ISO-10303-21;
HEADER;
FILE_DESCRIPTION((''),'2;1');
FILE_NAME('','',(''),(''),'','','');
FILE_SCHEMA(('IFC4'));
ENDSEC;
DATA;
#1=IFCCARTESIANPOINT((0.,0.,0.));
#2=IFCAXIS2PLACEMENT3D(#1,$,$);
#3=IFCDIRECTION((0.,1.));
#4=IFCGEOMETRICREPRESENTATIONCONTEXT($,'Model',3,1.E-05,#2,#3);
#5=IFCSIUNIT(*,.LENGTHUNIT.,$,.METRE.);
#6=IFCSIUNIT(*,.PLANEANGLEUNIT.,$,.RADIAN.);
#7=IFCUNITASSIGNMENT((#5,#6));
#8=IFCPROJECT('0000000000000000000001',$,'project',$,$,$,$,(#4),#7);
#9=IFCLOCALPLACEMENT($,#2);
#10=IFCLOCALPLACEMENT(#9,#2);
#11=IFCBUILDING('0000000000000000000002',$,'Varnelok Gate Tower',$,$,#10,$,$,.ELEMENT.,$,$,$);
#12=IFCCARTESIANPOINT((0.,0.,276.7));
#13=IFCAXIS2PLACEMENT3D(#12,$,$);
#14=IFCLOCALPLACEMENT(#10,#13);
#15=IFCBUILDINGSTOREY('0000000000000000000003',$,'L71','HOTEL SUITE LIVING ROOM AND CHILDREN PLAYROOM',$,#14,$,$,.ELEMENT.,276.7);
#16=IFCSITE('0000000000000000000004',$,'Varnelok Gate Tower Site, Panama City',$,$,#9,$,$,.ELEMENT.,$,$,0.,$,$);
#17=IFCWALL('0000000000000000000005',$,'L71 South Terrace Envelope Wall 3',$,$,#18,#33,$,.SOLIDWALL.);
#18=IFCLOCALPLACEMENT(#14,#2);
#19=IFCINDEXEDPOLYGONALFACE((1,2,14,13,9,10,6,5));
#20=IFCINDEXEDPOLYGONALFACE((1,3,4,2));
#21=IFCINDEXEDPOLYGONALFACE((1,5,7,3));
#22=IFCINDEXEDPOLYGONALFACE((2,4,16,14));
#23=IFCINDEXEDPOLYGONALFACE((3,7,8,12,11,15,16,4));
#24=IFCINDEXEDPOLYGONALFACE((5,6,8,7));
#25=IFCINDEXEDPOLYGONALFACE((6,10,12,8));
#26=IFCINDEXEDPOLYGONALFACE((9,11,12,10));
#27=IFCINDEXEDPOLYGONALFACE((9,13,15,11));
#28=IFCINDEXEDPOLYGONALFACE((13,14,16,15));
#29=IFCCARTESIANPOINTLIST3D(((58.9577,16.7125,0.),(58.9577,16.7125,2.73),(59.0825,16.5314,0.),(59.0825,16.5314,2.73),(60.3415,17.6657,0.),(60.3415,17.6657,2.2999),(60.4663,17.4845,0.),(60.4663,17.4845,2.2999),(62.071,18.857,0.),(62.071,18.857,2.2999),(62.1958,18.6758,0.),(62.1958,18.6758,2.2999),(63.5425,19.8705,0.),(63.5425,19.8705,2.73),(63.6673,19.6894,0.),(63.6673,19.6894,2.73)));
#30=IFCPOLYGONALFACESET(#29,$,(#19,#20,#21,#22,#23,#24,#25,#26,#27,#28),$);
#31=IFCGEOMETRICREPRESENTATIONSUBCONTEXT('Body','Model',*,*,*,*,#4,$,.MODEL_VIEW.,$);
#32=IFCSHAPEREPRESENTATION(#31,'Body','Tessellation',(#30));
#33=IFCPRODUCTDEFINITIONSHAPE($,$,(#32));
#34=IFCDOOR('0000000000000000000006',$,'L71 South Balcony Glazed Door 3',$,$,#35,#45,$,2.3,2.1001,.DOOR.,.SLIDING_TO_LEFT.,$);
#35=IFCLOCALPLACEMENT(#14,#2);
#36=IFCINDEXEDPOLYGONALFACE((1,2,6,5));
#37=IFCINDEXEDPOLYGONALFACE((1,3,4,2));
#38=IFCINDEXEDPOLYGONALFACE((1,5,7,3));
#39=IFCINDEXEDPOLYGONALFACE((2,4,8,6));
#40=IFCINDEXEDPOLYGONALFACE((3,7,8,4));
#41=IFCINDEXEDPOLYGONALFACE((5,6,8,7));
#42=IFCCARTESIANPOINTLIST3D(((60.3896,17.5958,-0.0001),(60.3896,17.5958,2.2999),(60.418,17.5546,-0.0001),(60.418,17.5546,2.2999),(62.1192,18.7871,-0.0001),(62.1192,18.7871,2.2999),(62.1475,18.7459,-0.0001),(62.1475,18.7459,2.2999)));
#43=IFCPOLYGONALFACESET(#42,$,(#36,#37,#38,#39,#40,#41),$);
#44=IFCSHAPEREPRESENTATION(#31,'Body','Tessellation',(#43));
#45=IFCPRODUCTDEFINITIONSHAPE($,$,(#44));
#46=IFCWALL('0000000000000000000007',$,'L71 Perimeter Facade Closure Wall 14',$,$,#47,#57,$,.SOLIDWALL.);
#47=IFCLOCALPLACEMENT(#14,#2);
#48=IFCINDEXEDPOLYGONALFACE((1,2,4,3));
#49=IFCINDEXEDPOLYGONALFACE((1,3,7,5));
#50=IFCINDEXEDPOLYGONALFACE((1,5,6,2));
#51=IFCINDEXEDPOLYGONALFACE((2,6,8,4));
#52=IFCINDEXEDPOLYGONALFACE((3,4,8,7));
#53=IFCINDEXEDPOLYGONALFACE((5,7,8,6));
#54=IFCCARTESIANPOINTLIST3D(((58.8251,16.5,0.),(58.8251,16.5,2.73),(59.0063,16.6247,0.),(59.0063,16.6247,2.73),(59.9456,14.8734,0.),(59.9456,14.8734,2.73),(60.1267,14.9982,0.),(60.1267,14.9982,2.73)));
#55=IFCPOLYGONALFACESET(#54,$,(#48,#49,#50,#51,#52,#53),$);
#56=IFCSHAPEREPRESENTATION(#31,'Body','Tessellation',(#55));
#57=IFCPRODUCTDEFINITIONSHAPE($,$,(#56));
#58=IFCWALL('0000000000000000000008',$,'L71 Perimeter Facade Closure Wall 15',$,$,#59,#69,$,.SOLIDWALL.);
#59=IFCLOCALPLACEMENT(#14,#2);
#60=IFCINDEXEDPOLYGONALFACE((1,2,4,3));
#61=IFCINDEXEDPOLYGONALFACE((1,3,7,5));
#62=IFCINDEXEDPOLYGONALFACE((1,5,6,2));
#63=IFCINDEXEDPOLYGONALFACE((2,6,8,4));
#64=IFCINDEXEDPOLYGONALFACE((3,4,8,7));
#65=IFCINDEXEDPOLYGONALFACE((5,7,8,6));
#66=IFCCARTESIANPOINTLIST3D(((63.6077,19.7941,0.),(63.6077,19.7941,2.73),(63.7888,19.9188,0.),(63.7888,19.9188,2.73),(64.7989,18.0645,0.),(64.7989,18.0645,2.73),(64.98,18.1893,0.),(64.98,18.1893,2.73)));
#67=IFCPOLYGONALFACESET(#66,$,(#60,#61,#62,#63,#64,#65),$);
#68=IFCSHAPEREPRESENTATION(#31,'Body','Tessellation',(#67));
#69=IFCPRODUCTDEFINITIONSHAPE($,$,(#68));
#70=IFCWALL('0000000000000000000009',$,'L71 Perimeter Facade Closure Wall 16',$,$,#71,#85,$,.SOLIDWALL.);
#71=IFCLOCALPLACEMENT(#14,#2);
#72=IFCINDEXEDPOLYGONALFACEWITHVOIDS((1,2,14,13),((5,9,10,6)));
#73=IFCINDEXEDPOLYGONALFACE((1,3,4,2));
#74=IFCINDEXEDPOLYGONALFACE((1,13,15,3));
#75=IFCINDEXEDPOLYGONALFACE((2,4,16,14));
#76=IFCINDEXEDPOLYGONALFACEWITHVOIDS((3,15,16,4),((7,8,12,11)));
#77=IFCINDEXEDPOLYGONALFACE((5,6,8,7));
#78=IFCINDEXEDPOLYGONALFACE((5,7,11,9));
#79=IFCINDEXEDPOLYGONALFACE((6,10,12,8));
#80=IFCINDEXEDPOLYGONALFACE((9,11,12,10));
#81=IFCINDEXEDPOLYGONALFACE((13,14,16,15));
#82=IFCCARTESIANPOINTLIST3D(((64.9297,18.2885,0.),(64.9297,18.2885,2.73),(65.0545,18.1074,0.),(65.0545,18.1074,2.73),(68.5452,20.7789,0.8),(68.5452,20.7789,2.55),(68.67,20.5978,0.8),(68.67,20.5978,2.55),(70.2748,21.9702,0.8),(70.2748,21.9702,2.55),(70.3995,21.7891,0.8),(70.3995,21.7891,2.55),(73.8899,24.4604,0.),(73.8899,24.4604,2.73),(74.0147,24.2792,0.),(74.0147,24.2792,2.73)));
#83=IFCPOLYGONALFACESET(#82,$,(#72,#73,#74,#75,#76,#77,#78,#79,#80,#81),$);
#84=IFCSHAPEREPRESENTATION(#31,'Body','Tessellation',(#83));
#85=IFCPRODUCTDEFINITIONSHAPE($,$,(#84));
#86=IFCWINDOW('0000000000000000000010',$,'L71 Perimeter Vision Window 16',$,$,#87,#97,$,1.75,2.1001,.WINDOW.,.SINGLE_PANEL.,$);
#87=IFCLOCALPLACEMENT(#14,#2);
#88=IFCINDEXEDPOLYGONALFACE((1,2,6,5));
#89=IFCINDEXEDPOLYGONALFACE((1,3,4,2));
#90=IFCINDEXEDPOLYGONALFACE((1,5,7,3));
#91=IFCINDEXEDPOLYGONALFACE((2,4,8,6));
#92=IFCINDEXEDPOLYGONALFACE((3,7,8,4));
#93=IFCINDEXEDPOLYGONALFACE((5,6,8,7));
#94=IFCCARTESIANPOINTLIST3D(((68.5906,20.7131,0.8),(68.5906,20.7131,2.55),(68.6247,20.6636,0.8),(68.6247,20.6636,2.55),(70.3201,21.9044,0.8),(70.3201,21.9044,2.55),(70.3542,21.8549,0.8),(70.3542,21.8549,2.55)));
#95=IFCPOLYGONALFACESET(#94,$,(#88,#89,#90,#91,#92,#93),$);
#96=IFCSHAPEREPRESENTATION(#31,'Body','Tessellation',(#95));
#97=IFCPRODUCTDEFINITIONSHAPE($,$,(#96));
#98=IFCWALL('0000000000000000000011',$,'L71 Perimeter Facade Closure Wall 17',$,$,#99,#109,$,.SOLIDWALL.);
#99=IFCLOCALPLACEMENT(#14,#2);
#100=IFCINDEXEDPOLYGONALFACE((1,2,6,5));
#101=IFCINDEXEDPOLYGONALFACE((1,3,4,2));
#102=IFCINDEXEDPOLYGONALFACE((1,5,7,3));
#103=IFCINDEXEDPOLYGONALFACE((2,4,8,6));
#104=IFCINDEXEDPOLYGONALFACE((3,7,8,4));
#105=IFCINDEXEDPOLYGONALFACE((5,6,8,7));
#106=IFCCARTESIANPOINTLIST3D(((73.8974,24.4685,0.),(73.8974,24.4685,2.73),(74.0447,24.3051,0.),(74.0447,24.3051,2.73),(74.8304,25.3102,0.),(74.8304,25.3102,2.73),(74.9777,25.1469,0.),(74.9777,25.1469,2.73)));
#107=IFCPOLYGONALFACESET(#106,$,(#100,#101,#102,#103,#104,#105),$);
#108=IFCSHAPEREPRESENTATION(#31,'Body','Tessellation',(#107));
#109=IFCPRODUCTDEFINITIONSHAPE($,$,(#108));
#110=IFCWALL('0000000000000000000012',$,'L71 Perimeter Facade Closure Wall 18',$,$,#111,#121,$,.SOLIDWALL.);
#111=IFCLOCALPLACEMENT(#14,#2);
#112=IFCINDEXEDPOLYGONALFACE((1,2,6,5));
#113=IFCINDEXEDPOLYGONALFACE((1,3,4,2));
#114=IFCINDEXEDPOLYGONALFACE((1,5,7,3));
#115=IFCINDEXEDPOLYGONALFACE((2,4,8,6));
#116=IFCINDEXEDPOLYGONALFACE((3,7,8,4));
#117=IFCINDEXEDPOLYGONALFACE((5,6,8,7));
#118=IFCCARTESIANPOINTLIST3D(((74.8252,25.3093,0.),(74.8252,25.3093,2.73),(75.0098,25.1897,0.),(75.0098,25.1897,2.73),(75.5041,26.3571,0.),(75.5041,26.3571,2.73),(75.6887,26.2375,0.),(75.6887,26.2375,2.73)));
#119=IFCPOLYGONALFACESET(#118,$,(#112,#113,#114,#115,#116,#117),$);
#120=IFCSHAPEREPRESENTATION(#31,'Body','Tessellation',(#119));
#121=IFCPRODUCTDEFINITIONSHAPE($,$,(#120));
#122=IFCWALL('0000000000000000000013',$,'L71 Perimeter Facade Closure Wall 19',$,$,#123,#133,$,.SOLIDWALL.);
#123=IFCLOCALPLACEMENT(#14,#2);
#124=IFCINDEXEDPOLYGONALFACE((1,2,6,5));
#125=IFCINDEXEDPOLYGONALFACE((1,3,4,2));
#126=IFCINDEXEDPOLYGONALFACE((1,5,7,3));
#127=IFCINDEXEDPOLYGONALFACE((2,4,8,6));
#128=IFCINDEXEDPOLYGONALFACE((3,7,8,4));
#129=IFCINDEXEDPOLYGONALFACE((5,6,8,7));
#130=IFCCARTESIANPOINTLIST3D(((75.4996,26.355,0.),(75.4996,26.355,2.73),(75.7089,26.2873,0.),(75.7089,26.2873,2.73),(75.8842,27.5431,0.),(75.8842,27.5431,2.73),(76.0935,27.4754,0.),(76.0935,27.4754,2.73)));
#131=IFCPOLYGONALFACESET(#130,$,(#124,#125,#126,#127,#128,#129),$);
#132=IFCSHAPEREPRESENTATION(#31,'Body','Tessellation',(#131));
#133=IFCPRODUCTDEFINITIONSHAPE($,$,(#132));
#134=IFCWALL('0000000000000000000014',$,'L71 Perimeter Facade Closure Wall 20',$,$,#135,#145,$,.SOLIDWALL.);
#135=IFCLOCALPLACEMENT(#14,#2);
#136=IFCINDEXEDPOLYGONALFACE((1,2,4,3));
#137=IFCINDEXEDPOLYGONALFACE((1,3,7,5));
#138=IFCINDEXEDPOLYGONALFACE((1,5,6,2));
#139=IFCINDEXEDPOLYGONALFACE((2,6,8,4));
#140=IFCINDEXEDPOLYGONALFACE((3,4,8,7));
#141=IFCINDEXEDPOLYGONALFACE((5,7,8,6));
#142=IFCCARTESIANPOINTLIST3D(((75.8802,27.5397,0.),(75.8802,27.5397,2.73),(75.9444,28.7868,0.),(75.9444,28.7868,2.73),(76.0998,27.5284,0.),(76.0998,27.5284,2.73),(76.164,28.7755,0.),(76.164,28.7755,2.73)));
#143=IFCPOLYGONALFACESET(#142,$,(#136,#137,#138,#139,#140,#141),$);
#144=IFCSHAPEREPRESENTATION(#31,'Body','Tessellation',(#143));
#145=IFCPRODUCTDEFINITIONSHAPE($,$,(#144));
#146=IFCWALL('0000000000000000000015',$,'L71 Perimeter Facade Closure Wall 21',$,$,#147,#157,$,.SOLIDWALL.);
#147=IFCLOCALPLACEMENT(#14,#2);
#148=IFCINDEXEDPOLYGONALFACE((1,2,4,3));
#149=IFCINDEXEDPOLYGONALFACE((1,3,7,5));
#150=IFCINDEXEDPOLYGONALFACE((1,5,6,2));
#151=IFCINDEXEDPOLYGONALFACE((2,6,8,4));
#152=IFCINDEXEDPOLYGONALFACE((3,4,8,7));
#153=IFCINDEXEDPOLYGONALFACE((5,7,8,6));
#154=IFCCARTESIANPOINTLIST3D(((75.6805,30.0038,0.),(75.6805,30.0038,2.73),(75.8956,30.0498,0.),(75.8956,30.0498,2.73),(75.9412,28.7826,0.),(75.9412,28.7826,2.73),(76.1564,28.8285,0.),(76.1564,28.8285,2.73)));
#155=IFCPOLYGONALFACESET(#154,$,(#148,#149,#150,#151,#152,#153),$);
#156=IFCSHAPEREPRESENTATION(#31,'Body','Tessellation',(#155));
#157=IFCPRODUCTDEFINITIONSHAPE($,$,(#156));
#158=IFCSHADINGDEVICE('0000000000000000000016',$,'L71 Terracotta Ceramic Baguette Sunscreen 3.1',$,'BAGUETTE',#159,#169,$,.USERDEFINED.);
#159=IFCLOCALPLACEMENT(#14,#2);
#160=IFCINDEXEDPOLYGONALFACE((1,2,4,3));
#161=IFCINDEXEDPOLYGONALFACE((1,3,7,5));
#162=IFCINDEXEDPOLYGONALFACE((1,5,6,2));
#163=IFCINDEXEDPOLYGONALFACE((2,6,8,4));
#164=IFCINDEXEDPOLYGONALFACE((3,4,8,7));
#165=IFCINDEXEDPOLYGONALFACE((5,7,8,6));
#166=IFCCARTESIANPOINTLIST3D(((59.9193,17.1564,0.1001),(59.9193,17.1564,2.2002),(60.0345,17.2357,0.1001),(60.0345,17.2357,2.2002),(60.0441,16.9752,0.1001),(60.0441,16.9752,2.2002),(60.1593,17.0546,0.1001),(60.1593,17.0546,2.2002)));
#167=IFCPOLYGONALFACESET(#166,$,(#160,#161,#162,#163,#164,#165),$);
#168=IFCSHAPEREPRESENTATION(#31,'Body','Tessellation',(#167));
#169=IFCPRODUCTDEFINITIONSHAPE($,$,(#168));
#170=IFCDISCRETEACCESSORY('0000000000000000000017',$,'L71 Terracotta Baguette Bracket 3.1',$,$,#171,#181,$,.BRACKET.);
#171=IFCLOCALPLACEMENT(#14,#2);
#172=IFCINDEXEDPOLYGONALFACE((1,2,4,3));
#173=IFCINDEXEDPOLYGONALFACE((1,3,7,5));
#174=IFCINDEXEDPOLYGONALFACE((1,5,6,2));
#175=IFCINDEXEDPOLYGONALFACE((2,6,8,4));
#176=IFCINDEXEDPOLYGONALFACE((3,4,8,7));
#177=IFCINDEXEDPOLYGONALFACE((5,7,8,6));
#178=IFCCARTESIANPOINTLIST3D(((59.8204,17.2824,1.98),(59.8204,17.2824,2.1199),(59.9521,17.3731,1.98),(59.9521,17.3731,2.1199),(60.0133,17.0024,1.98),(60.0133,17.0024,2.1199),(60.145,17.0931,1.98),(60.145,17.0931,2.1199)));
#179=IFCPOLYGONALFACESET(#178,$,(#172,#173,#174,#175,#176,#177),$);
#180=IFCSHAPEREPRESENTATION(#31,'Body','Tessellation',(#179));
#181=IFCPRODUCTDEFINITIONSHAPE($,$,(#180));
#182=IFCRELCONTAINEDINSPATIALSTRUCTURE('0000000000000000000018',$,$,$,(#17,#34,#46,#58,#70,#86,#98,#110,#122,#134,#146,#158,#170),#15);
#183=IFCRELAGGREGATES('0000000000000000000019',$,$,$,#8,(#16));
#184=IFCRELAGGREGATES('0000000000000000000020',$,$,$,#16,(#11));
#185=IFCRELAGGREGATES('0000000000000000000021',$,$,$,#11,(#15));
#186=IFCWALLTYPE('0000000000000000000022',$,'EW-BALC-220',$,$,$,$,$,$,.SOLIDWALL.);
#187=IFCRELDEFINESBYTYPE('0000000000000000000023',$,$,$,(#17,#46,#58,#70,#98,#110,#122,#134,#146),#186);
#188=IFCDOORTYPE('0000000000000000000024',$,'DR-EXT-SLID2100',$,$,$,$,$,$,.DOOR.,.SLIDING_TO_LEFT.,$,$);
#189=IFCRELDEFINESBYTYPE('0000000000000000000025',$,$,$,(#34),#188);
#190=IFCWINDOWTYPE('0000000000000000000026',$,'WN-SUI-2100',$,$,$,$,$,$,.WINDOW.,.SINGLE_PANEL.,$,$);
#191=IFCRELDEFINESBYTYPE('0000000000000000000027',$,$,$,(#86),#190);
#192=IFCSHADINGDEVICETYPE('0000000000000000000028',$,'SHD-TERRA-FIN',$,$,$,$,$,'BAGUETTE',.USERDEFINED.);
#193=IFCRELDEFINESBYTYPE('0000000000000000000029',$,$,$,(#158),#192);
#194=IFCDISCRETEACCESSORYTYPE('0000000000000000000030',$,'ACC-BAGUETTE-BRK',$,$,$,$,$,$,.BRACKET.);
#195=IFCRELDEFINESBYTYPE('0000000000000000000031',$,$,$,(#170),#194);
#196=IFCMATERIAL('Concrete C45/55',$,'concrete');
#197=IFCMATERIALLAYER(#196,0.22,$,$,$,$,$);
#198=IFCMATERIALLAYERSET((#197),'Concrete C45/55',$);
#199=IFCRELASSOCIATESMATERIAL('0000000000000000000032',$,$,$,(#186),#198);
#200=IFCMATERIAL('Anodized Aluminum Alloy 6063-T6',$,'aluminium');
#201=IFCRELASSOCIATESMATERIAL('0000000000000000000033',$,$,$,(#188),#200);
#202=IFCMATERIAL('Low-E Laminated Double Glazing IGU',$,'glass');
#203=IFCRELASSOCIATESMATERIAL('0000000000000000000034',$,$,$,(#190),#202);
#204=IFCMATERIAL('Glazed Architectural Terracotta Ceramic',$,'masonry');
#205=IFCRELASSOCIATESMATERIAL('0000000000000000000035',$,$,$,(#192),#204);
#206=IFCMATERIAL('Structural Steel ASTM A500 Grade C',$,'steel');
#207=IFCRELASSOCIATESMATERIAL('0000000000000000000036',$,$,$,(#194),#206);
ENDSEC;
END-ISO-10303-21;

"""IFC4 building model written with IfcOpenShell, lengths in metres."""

from ifc_helpers import new_model, si_unit, direction, frame, frame_2d, origin, origin_2d, place, context, subcontext, project, spatial, rectangle, extrude, source, transform, mapped, material, layer, layer_set, type_object, element, fill, save


model = new_model("IFC4")

# Units and contexts
model_context = context("Model", 3, precision=1e-05, world=origin(), true_north=direction((0.0, 1.0)))
body_context = subcontext(model_context, "Body", "Model", "MODEL_VIEW")
ifc_project = project(units=[si_unit("LENGTHUNIT", "METRE"), si_unit("PLANEANGLEUNIT", "RADIAN")], contexts=[model_context])

# Site, building, storey
site_placement = place(None, origin())
site = spatial("IfcSite", under=ifc_project, at=site_placement, Name="Varnelok Gate Tower Site, Panama City", CompositionType="ELEMENT", RefElevation=0.0)
building_placement = place(site_placement, origin())
building = spatial("IfcBuilding", under=site, at=building_placement, Name="Varnelok Gate Tower", CompositionType="ELEMENT")
storey_placement = place(building_placement, frame((0.0, 0.0, 276.7)))
storey = spatial("IfcBuildingStorey", under=building, at=storey_placement, Name="L71", Description="HOTEL SUITE LIVING ROOM AND CHILDREN PLAYROOM", CompositionType="ELEMENT", Elevation=276.7)

# Wall, opening, door
ifc_material_1 = material(Name="Concrete C45/55", Category="concrete")
ifc_layer = layer(ifc_material_1, 0.22)
ifc_layer_set = layer_set([ifc_layer], Name="Concrete C45/55")
wall_type = type_object("IfcWallType", Name="EW-BALC-220", PredefinedType="SOLIDWALL", material=ifc_layer_set)
wall_1_placement = place(storey_placement, frame((63.605, 19.78, 0.0), z_axis=(0.0, 0.0, 1.0), x_axis=(-0.823541, -0.567256, 0.0)))
wall_1 = element("IfcWall", 1, at=wall_1_placement, inside=storey, type_object=wall_type, Name="L71 South Terrace Envelope Wall 3", PredefinedType="SOLIDWALL", context=body_context, shape_type="SweptSolid", body=[
    extrude(rectangle(XDim=5.5671, YDim=0.22, at=frame_2d((2.7837, 0.0))), origin(), (0.0, 0.0, 1.0), 2.73),
])
opening_1_placement = place(wall_1_placement, frame((1.7869, 0.0, 0.0)))
opening_1 = element("IfcOpeningElement", 2, at=opening_1_placement, cuts=wall_1, PredefinedType="OPENING", context=body_context, shape_type="SweptSolid", body=[
    extrude(rectangle(XDim=2.1001, YDim=2.3, at=frame_2d((1.05, 1.1499))), frame((0.0, 0.1199, 0.0), z_axis=(0.0, -1.0, 0.0), x_axis=(1.0, 0.0, 0.0)), (0.0, 0.0, 1.0), 0.24),
])
ifc_material_2 = material(Name="Anodized Aluminum Alloy 6063-T6", Category="aluminium")
door_type = type_object("IfcDoorType", Name="DR-EXT-SLID2100", OperationType="SLIDING_TO_LEFT", PredefinedType="DOOR", material=ifc_material_2)
door_placement = place(opening_1_placement, origin())
door = element("IfcDoor", 3, at=door_placement, inside=storey, type_object=door_type, Name="L71 South Balcony Glazed Door 3", OperationType="SLIDING_TO_LEFT", OverallHeight=2.3, OverallWidth=2.1001, PredefinedType="DOOR", context=body_context, shape_type="SweptSolid", body=[
    extrude(rectangle(XDim=2.1001, YDim=2.3, at=frame_2d((1.05, 1.1499))), frame((0.0, 0.0249, 0.0), z_axis=(0.0, -1.0, 0.0), x_axis=(1.0, 0.0, 0.0)), (0.0, 0.0, 1.0), 0.05),
])
fill(opening_1, door)

# Walls
wall_2_placement = place(storey_placement, frame((60.0361, 14.9358, 0.0), z_axis=(0.0, 0.0, 1.0), x_axis=(-0.567274, 0.823529, 0.0)))
element("IfcWall", 4, at=wall_2_placement, inside=storey, type_object=wall_type, Name="L71 Perimeter Facade Closure Wall 14", PredefinedType="SOLIDWALL", context=body_context, shape_type="SweptSolid", body=[
    extrude(rectangle(XDim=1.9751, YDim=0.22, at=frame_2d((0.9875, 0.0))), origin(), (0.0, 0.0, 1.0), 2.73),
])
wall_3_placement = place(storey_placement, frame((63.6982, 19.8564, 0.0), z_axis=(0.0, 0.0, 1.0), x_axis=(0.567219, -0.823567, 0.0)))
element("IfcWall", 5, at=wall_3_placement, inside=storey, type_object=wall_type, Name="L71 Perimeter Facade Closure Wall 15", PredefinedType="SOLIDWALL", context=body_context, shape_type="SweptSolid", body=[
    extrude(rectangle(XDim=2.1001, YDim=0.22, at=frame_2d((1.05, 0.0))), origin(), (0.0, 0.0, 1.0), 2.73),
])

# Wall, opening, window
wall_4_placement = place(storey_placement, frame((64.9922, 18.198, 0.0), z_axis=(0.0, 0.0, 1.0), x_axis=(0.823538, 0.567261, 0.0)))
wall_4 = element("IfcWall", 6, at=wall_4_placement, inside=storey, type_object=wall_type, Name="L71 Perimeter Facade Closure Wall 16", PredefinedType="SOLIDWALL", context=body_context, shape_type="SweptSolid", body=[
    extrude(rectangle(XDim=10.8801, YDim=0.22, at=frame_2d((5.4399, 0.0))), origin(), (0.0, 0.0, 1.0), 2.73),
])
opening_2_placement = place(wall_4_placement, frame((4.3901, 0.0, 0.8)))
opening_2 = element("IfcOpeningElement", 7, at=opening_2_placement, cuts=wall_4, PredefinedType="OPENING", context=body_context, shape_type="SweptSolid", body=[
    extrude(rectangle(XDim=2.1001, YDim=1.75, at=frame_2d((1.05, 0.875))), frame((0.0, 0.1199, 0.0), z_axis=(0.0, -1.0, 0.0), x_axis=(1.0, 0.0, 0.0)), (0.0, 0.0, 1.0), 0.24),
])
ifc_material_3 = material(Name="Low-E Laminated Double Glazing IGU", Category="glass")
window_type = type_object("IfcWindowType", Name="WN-SUI-2100", PartitioningType="SINGLE_PANEL", PredefinedType="WINDOW", material=ifc_material_3)
window_placement = place(opening_2_placement, origin())
window = element("IfcWindow", 8, at=window_placement, inside=storey, type_object=window_type, Name="L71 Perimeter Vision Window 16", OverallHeight=1.75, OverallWidth=2.1001, PartitioningType="SINGLE_PANEL", PredefinedType="WINDOW", context=body_context, shape_type="SweptSolid", body=[
    extrude(rectangle(XDim=2.1001, YDim=1.75, at=frame_2d((1.05, 0.875))), frame((0.0, 0.03, 0.0), z_axis=(0.0, -1.0, 0.0), x_axis=(1.0, 0.0, 0.0)), (0.0, 0.0, 1.0), 0.0601),
])
fill(opening_2, window)

# Walls
wall_5_placement = place(storey_placement, frame((73.9709, 24.3867, 0.0), z_axis=(0.0, 0.0, 1.0), x_axis=(0.742502, 0.669844, 0.0)))
element("IfcWall", 9, at=wall_5_placement, inside=storey, type_object=wall_type, Name="L71 Perimeter Facade Closure Wall 17", PredefinedType="SOLIDWALL", context=body_context, shape_type="SweptSolid", body=[
    extrude(rectangle(XDim=1.2566, YDim=0.22, at=frame_2d((0.6284, 0.0))), origin(), (0.0, 0.0, 1.0), 2.73),
])
wall_6_placement = place(storey_placement, frame((74.9175, 25.2495, 0.0), z_axis=(0.0, 0.0, 1.0), x_axis=(0.543778, 0.839229, 0.0)))
element("IfcWall", 10, at=wall_6_placement, inside=storey, type_object=wall_type, Name="L71 Perimeter Facade Closure Wall 18", PredefinedType="SOLIDWALL", context=body_context, shape_type="SweptSolid", body=[
    extrude(rectangle(XDim=1.2485, YDim=0.22, at=frame_2d((0.6243, 0.0))), origin(), (0.0, 0.0, 1.0), 2.73),
])
for number, where, z_axis, x_axis, name in (
    (11, (75.6042, 26.321, 0.0), (0.0, 0.0, 1.0), (0.307945, 0.951404, 0.0), "L71 Perimeter Facade Closure Wall 19"),
    (12, (75.99, 27.5339, 0.0), (0.0, 0.0, 1.0), (0.05142, 0.998677, 0.0), "L71 Perimeter Facade Closure Wall 20"),
    (13, (76.0488, 28.8054, 0.0), (0.0, 0.0, 1.0), (-0.208808, 0.977957, 0.0), "L71 Perimeter Facade Closure Wall 21"),
):
    element("IfcWall", number, at=place(storey_placement, frame(where, z_axis=z_axis, x_axis=x_axis)), inside=storey, type_object=wall_type, Name=name, PredefinedType="SOLIDWALL", context=body_context, shape_type="SweptSolid", body=[
        extrude(rectangle(XDim=1.2488, YDim=0.22, at=frame_2d((0.6245, 0.0))), origin(), (0.0, 0.0, 1.0), 2.73),
    ])

# Shading device
ifc_material_4 = material(Name="Glazed Architectural Terracotta Ceramic", Category="masonry")
shading_device_type = type_object("IfcShadingDeviceType", Name="SHD-TERRA-FIN", ElementType="BAGUETTE", PredefinedType="USERDEFINED", material=ifc_material_4)
shared_shape_1 = source(origin(), body_context, "Body", "SweptSolid", [
    extrude(rectangle(XDim=0.1399, YDim=0.22, at=origin_2d()), origin(), (0.0, 0.0, 1.0), 2.1001),
])
shading_device_placement = place(storey_placement, frame((60.0393, 17.1055, 0.1001), z_axis=(0.0, 0.0, 1.0), x_axis=(0.823533, 0.567269, 0.0)))
element("IfcShadingDevice", 14, at=shading_device_placement, inside=storey, type_object=shading_device_type, Name="L71 Terracotta Ceramic Baguette Sunscreen 3.1", ObjectType="BAGUETTE", PredefinedType="USERDEFINED", context=body_context, shape_type="MappedRepresentation", body=[
    mapped(shared_shape_1, transform((0.0, 0.0, 0.0), scale=1.0)),
])

# Discrete accessory
ifc_material_5 = material(Name="Structural Steel ASTM A500 Grade C", Category="steel")
discrete_accessory_type = type_object("IfcDiscreteAccessoryType", Name="ACC-BAGUETTE-BRK", PredefinedType="BRACKET", material=ifc_material_5)
shared_shape_2 = source(origin(), body_context, "Body", "SweptSolid", [
    extrude(rectangle(XDim=0.1599, YDim=0.3401, at=origin_2d()), origin(), (0.0, 0.0, 1.0), 0.1399),
])
discrete_accessory_placement = place(storey_placement, frame((59.9827, 17.1877, 1.98), z_axis=(0.0, 0.0, 1.0), x_axis=(0.823533, 0.567269, 0.0)))
element("IfcDiscreteAccessory", 15, at=discrete_accessory_placement, inside=storey, type_object=discrete_accessory_type, Name="L71 Terracotta Baguette Bracket 3.1", PredefinedType="BRACKET", context=body_context, shape_type="MappedRepresentation", body=[
    mapped(shared_shape_2, transform((0.0, 0.0, 0.0), scale=1.0)),
])

save(model, "model.ifc")
